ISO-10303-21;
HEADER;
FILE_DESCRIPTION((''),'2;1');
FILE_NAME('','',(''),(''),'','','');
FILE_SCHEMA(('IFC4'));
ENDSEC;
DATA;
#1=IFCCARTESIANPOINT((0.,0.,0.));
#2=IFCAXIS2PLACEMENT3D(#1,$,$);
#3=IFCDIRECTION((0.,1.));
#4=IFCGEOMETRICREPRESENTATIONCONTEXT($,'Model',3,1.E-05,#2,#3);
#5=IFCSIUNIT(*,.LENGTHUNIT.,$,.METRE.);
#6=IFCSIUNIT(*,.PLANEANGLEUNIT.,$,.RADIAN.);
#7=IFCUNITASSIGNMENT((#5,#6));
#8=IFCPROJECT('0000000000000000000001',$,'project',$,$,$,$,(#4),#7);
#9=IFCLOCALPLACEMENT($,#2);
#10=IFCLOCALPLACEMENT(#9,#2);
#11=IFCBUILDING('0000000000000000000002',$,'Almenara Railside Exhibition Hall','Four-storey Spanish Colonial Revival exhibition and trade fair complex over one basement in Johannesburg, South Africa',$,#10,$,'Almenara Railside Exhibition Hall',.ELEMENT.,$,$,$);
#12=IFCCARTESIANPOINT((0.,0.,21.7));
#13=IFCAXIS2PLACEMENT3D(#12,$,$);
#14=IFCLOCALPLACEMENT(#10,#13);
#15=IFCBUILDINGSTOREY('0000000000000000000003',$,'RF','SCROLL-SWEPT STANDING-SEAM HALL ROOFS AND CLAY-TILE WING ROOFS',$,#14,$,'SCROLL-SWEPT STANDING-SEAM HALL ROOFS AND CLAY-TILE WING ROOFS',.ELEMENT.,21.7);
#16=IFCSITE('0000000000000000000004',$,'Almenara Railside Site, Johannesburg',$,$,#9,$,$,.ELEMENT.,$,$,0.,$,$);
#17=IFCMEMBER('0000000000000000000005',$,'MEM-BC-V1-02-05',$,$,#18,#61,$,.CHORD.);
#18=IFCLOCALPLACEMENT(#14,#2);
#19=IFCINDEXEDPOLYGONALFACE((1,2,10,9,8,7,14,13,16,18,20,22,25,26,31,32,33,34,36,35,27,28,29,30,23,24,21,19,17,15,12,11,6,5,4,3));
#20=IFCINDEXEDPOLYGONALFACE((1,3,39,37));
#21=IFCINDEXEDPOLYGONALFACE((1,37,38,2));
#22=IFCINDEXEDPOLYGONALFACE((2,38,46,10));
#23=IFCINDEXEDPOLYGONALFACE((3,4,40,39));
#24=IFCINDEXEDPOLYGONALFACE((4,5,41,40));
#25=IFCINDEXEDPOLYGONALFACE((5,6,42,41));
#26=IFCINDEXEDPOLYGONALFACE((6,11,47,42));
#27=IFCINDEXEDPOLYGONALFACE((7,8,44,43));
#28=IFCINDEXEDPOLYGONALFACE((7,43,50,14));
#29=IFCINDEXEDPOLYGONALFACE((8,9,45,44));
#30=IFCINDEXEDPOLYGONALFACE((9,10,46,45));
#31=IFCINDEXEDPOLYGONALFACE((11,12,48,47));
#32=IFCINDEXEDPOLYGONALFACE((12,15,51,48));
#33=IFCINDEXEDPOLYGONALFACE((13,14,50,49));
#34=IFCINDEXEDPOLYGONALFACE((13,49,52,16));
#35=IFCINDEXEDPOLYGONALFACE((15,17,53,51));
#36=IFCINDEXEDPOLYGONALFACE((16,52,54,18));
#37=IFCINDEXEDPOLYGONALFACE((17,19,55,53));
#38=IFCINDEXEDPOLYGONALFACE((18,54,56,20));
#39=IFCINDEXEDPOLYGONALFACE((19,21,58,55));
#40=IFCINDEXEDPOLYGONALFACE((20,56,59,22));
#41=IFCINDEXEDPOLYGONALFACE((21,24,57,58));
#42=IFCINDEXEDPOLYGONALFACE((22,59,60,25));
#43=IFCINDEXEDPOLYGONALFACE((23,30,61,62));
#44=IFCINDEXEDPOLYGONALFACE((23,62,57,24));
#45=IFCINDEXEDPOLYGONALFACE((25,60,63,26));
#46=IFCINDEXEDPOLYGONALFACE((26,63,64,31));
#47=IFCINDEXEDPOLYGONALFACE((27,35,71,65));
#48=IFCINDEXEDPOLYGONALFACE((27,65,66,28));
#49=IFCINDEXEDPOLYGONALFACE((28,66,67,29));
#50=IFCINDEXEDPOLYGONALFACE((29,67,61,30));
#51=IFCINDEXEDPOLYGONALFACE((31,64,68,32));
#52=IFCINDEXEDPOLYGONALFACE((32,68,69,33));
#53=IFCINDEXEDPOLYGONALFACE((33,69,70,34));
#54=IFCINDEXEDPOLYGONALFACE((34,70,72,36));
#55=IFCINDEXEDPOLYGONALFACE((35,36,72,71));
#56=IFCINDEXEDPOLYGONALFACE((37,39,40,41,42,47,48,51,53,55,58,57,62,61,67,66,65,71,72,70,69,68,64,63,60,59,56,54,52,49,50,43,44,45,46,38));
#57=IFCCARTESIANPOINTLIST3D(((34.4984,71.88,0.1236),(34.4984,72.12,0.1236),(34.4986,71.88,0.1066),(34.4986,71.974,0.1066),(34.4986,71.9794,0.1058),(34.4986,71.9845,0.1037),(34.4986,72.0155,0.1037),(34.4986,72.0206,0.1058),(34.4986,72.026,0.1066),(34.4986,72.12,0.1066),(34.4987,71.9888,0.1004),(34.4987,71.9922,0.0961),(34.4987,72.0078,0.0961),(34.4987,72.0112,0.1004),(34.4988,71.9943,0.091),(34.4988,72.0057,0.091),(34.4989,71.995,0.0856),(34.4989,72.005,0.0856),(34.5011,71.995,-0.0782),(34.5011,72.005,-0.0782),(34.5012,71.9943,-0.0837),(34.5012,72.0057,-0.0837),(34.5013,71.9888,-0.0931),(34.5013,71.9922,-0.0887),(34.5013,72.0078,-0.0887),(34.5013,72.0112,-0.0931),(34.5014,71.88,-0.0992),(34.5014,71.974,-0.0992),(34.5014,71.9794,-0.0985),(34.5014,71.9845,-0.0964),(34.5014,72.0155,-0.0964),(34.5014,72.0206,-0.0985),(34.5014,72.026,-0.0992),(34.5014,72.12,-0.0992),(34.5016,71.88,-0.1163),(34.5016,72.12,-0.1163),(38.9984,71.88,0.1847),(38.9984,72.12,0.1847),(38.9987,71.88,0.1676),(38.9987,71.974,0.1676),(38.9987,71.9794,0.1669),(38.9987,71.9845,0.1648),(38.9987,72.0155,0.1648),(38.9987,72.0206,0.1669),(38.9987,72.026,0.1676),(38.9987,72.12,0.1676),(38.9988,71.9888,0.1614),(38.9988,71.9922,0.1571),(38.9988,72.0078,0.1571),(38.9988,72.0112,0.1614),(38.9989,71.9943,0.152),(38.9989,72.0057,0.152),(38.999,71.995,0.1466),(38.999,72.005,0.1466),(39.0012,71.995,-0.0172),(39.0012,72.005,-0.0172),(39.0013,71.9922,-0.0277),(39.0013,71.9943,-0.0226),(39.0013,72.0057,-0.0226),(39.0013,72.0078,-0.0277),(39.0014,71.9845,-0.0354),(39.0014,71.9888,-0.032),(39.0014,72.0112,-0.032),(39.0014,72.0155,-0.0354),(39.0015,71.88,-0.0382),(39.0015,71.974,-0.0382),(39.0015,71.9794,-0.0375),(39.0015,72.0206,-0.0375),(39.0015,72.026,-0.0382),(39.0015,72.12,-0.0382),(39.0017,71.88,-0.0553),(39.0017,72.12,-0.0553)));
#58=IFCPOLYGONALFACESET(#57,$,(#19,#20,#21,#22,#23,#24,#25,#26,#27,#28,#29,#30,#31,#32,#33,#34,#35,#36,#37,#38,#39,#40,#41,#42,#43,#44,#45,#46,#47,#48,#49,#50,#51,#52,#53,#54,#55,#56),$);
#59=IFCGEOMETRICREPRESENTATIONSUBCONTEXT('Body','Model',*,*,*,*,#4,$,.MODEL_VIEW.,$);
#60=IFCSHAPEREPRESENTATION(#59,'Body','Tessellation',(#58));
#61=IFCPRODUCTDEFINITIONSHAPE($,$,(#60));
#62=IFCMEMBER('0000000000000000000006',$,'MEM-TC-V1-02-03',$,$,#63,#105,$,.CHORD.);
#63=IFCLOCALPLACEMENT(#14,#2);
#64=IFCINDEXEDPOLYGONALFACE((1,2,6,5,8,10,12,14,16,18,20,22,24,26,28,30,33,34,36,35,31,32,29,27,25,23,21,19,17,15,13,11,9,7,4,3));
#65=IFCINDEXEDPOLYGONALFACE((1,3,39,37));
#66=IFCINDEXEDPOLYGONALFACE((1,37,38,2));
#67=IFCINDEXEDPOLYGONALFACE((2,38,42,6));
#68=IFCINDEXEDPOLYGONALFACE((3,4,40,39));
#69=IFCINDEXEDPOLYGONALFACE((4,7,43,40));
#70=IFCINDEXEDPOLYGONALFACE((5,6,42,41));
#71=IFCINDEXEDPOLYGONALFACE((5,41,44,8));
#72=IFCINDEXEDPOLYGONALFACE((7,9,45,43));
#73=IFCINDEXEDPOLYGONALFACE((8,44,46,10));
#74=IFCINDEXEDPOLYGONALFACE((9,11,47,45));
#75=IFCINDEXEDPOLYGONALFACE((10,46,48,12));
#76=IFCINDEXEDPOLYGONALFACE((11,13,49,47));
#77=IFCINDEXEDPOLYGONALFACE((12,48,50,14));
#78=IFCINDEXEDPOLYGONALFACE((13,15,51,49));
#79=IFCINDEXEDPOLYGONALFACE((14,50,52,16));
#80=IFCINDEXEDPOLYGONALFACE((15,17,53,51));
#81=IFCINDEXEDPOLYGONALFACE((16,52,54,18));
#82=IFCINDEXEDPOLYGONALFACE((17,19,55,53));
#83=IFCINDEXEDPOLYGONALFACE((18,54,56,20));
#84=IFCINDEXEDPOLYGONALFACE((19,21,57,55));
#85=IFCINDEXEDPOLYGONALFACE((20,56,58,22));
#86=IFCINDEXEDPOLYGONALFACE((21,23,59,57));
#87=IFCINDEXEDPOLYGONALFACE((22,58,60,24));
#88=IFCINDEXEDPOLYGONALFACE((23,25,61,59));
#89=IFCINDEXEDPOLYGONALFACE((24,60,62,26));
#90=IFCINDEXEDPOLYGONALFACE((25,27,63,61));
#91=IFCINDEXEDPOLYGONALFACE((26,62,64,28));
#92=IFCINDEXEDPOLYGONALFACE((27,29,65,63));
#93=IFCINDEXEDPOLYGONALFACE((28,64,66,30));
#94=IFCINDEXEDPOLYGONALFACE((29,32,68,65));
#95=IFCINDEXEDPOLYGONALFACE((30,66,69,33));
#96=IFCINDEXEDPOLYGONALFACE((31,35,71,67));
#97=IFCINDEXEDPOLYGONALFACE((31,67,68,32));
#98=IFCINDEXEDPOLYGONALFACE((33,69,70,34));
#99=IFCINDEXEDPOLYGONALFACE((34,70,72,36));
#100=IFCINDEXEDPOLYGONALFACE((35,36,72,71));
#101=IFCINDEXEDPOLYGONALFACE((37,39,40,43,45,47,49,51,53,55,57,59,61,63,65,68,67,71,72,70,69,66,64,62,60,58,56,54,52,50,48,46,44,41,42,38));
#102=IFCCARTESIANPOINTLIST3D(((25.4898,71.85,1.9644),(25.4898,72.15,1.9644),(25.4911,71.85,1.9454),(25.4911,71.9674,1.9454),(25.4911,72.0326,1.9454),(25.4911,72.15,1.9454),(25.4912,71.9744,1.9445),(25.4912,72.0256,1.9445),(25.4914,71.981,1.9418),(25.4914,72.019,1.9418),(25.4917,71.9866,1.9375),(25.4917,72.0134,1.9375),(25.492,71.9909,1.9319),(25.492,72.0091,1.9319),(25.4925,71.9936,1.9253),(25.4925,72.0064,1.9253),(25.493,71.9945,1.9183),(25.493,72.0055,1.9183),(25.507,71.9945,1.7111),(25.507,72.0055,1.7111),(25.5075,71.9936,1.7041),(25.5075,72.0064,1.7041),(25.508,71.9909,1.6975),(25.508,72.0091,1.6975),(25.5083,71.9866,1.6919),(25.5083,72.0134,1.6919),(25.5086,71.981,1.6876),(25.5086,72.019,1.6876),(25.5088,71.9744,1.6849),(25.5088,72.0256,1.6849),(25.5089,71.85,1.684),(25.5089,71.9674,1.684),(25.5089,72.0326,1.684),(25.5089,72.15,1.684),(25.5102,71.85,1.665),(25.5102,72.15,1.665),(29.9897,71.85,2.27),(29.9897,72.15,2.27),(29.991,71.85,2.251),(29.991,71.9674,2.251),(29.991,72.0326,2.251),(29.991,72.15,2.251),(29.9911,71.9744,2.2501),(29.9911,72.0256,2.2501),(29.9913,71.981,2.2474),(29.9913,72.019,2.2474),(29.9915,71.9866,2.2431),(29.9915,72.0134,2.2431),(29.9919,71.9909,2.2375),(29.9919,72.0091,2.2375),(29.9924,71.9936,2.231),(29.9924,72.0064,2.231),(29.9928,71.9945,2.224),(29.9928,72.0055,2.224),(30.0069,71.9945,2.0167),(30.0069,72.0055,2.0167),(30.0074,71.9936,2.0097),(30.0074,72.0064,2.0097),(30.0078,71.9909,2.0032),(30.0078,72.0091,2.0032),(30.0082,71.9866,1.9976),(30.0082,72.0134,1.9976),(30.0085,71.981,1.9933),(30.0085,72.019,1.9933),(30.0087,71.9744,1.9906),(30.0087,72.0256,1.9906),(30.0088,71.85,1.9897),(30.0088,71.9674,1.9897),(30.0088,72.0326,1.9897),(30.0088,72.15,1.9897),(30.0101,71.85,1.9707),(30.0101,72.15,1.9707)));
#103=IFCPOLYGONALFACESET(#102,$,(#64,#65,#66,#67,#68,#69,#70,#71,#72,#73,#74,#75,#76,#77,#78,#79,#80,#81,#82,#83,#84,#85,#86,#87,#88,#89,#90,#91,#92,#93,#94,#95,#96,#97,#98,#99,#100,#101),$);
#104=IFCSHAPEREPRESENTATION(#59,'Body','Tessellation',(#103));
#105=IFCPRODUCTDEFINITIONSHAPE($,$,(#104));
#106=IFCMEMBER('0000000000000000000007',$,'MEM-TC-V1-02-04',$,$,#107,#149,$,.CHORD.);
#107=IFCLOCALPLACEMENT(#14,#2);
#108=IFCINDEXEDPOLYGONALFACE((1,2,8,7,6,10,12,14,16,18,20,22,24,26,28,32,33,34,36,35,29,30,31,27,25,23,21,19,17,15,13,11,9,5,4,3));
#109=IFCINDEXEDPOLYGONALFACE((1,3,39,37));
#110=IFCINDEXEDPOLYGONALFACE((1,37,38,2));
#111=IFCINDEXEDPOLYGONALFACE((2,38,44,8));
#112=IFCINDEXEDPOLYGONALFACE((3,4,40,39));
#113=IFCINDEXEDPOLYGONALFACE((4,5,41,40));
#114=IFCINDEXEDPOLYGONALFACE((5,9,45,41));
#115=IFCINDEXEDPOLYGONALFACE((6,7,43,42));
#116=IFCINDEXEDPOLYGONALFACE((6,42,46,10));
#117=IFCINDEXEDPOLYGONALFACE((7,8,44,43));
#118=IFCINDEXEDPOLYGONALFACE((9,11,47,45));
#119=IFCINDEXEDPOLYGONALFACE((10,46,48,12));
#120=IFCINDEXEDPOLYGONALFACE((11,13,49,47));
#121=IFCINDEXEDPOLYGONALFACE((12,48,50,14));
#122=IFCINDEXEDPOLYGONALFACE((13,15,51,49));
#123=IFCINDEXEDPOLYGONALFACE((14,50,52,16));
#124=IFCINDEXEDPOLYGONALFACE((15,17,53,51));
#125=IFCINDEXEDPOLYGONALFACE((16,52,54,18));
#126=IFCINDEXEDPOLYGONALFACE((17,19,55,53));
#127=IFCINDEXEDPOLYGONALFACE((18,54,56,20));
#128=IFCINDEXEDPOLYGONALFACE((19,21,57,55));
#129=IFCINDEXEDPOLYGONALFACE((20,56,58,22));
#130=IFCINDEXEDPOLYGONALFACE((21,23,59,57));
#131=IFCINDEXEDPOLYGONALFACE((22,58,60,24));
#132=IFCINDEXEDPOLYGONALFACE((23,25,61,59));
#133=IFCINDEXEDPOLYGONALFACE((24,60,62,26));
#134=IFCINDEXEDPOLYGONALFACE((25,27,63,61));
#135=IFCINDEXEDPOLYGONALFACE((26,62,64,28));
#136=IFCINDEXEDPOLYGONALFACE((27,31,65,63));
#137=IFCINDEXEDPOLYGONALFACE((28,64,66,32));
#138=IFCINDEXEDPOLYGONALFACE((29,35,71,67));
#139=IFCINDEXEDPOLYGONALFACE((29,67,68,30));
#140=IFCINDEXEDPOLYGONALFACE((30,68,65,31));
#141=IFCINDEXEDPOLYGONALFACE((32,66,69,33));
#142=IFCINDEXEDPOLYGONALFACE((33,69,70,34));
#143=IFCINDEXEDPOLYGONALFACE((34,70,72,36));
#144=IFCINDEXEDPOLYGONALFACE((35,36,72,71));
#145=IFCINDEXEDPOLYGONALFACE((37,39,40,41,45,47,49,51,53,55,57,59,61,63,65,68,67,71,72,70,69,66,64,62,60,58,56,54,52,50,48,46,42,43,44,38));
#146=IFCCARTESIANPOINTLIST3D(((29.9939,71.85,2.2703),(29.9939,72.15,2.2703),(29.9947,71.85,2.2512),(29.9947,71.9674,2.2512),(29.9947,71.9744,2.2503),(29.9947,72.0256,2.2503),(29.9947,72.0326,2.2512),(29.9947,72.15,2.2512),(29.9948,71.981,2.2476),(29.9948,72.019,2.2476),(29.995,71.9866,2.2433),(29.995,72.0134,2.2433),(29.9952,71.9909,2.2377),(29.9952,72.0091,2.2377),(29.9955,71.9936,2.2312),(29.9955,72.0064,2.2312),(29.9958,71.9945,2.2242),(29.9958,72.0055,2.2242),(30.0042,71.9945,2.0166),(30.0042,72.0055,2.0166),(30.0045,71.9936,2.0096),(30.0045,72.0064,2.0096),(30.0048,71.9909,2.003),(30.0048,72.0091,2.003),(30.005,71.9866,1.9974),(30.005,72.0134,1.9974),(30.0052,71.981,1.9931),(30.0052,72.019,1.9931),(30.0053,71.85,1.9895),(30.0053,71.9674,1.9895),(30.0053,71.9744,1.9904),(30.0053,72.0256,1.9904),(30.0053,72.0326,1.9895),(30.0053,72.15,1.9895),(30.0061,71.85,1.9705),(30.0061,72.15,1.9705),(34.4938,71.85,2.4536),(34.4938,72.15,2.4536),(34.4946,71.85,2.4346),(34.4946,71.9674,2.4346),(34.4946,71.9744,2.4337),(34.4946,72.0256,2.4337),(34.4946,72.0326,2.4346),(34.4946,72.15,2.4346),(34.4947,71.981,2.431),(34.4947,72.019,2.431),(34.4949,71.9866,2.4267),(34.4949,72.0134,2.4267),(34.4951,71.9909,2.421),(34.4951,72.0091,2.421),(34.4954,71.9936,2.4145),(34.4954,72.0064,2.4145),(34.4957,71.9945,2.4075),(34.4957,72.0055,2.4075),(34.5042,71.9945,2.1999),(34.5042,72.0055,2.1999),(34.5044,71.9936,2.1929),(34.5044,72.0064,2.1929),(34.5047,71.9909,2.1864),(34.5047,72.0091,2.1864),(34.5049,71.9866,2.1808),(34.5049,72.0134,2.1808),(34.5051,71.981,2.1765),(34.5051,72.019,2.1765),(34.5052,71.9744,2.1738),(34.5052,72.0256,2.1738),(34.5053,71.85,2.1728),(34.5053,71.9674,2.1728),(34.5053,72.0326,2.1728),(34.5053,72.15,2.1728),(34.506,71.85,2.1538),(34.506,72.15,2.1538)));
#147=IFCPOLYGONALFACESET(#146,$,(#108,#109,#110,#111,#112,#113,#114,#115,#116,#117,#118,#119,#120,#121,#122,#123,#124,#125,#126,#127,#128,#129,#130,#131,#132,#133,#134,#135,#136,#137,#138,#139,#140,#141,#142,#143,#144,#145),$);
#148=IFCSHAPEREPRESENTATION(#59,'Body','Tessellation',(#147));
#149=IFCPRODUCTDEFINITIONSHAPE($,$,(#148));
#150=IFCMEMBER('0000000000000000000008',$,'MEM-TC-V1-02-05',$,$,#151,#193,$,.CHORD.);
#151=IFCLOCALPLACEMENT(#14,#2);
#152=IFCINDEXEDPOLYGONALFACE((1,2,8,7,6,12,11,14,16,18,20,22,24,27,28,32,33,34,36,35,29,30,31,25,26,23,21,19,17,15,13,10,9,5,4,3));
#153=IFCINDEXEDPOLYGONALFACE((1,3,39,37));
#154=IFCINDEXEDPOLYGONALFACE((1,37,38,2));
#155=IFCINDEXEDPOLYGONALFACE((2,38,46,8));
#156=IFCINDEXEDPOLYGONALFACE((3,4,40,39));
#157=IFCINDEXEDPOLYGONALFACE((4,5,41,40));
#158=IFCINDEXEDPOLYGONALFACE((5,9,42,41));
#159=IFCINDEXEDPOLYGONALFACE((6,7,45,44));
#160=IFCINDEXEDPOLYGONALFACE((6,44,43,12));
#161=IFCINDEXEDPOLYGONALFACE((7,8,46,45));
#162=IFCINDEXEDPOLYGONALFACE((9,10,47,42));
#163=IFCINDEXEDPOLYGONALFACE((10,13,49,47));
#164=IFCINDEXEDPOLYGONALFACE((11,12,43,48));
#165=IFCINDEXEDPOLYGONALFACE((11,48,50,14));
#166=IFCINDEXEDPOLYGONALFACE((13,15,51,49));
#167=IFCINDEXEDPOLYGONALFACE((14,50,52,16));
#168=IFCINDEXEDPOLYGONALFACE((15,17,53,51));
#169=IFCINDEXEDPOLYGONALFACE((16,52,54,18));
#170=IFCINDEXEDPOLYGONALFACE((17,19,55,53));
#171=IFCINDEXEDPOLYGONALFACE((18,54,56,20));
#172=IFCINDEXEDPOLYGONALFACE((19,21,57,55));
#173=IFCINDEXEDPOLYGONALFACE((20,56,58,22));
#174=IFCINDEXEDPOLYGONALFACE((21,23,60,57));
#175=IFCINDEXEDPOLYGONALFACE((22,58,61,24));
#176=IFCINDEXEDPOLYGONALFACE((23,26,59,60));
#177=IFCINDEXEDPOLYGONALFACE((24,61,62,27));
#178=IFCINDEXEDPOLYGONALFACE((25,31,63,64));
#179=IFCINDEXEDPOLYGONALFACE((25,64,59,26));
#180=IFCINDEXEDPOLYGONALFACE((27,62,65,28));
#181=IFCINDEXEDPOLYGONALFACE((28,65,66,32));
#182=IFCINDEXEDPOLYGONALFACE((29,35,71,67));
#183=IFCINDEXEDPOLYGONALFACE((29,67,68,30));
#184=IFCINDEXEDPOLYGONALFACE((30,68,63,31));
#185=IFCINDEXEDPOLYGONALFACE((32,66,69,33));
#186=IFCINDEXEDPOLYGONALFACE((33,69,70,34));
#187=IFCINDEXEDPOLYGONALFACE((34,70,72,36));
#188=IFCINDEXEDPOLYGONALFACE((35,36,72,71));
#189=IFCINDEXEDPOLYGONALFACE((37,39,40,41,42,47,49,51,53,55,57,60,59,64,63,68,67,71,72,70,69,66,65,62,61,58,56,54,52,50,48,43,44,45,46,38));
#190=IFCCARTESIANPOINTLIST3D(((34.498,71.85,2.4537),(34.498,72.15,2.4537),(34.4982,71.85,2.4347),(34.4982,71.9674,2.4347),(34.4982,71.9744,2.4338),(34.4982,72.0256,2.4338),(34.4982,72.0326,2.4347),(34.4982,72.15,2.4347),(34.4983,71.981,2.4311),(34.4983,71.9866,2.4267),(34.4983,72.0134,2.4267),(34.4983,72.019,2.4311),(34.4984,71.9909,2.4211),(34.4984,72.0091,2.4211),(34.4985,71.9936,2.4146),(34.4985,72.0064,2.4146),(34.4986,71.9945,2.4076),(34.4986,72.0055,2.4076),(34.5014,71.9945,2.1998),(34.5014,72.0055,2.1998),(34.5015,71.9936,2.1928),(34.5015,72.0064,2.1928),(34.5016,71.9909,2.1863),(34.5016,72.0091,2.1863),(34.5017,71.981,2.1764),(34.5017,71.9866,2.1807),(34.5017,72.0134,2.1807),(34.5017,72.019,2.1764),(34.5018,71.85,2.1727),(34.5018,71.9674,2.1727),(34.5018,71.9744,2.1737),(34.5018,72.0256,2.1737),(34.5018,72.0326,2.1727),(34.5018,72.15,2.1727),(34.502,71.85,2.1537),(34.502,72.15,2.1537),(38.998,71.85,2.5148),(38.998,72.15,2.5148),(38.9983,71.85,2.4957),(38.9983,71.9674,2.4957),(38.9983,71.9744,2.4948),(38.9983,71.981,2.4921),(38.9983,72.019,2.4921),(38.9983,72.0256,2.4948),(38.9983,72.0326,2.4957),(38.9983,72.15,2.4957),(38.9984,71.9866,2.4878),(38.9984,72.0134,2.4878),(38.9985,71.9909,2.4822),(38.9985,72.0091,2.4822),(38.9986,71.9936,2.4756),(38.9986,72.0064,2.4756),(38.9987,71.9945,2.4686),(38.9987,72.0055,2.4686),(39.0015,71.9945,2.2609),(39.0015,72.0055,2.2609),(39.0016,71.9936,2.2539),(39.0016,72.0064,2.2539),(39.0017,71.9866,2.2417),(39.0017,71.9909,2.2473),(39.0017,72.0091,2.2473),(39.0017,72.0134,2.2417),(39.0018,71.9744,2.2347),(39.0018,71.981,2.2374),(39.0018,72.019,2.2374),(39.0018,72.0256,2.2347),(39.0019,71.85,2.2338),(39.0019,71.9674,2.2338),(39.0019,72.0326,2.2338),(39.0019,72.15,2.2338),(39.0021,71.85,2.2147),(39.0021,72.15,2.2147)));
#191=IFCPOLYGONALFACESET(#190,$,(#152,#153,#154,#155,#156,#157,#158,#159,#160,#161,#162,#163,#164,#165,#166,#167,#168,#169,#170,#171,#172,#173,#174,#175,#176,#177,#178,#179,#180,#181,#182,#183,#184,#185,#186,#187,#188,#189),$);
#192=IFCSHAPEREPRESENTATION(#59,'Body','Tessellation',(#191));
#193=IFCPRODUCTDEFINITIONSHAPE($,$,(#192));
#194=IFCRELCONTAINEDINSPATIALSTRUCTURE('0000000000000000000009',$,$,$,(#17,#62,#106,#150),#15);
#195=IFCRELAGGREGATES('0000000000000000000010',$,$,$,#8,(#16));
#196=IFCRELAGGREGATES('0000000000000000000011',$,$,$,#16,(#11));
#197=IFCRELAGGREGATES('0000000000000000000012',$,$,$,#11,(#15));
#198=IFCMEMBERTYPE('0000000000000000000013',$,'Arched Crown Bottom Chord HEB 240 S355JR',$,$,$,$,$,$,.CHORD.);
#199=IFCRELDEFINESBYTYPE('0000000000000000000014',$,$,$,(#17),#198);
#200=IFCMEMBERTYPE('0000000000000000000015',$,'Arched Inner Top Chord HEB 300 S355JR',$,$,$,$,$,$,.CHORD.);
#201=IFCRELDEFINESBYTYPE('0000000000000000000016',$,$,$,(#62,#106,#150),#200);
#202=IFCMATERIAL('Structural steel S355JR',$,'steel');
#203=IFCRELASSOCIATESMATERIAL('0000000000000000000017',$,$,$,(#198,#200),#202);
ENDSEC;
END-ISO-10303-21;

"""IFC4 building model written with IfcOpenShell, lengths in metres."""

from ifc_helpers import new_model, si_unit, direction, frame, origin, origin_2d, place, context, subcontext, project, spatial, i_section, extrude, material, material_profile, profile_set, type_object, element, save


model = new_model("IFC4")

# Units and contexts
model_context = context("Model", 3, precision=1e-05, world=origin(), true_north=direction((0.0, 1.0)))
body_context = subcontext(model_context, "Body", "Model", "MODEL_VIEW")
ifc_project = project(units=[si_unit("LENGTHUNIT", "METRE"), si_unit("PLANEANGLEUNIT", "RADIAN")], contexts=[model_context])

# Site, building, storey
site_placement = place(None, origin())
site = spatial("IfcSite", under=ifc_project, at=site_placement, Name="Almenara Railside Site, Johannesburg", CompositionType="ELEMENT", RefElevation=0.0)
building_placement = place(site_placement, origin())
building = spatial("IfcBuilding", under=site, at=building_placement, Name="Almenara Railside Exhibition Hall", Description="Four-storey Spanish Colonial Revival exhibition and trade fair complex over one basement in Johannesburg, South Africa", LongName="Almenara Railside Exhibition Hall", CompositionType="ELEMENT")
storey_placement = place(building_placement, frame((0.0, 0.0, 21.7)))
storey = spatial("IfcBuildingStorey", under=building, at=storey_placement, Name="RF", Description="SCROLL-SWEPT STANDING-SEAM HALL ROOFS AND CLAY-TILE WING ROOFS", LongName="SCROLL-SWEPT STANDING-SEAM HALL ROOFS AND CLAY-TILE WING ROOFS", CompositionType="ELEMENT", Elevation=21.7)

# Members
ifc_material_1 = material(Name="Structural steel S355JR", Category="steel")
ifc_material_profile_1 = material_profile(ifc_material_1, i_section(OverallWidth=0.24, OverallDepth=0.24, WebThickness=0.01, FlangeThickness=0.0171, FilletRadius=0.021, at=origin_2d()), Name="HEB 240")
ifc_profile_set_1 = profile_set([ifc_material_profile_1], Name="Structural steel S355JR")
member_type_1 = type_object("IfcMemberType", Name="Arched Crown Bottom Chord HEB 240 S355JR", PredefinedType="CHORD", material=ifc_profile_set_1)
member_1_placement = place(storey_placement, frame((34.5, 72.0, 0.0037), z_axis=(0.999908, 0.0, 0.013562), x_axis=(0.0, 1.0, 0.0)))
element("IfcMember", 1, at=member_1_placement, inside=storey, type_object=member_type_1, Name="MEM-BC-V1-02-05", PredefinedType="CHORD", context=body_context, shape_type="SweptSolid", body=[
    extrude(i_section(OverallWidth=0.24, OverallDepth=0.24, WebThickness=0.01, FlangeThickness=0.0171, FilletRadius=0.021, at=origin_2d()), origin(), (0.0, 0.0, 1.0), 4.5005),
])
ifc_material_profile_2 = material_profile(ifc_material_1, i_section(OverallWidth=0.3, OverallDepth=0.3, WebThickness=0.011, FlangeThickness=0.019, FilletRadius=0.0271, at=origin_2d()), Name="HEB 300")
ifc_profile_set_2 = profile_set([ifc_material_profile_2], Name="Structural steel S355JR")
member_type_2 = type_object("IfcMemberType", Name="Arched Inner Top Chord HEB 300 S355JR", PredefinedType="CHORD", material=ifc_profile_set_2)
member_2_placement = place(storey_placement, frame((25.5, 72.0, 1.8147), z_axis=(0.997701, 0.0, 0.067769), x_axis=(0.0, 1.0, 0.0)))
element("IfcMember", 2, at=member_2_placement, inside=storey, type_object=member_type_2, Name="MEM-TC-V1-02-03", PredefinedType="CHORD", context=body_context, shape_type="SweptSolid", body=[
    extrude(i_section(OverallWidth=0.3, OverallDepth=0.3, WebThickness=0.011, FlangeThickness=0.019, FilletRadius=0.0271, at=origin_2d()), origin(), (0.0, 0.0, 1.0), 4.5103),
])
member_3_placement = place(storey_placement, frame((30.0, 72.0, 2.1204), z_axis=(0.999171, 0.0, 0.040711), x_axis=(0.0, 1.0, 0.0)))
element("IfcMember", 3, at=member_3_placement, inside=storey, type_object=member_type_2, Name="MEM-TC-V1-02-04", PredefinedType="CHORD", context=body_context, shape_type="SweptSolid", body=[
    extrude(i_section(OverallWidth=0.3, OverallDepth=0.3, WebThickness=0.011, FlangeThickness=0.019, FilletRadius=0.0271, at=origin_2d()), origin(), (0.0, 0.0, 1.0), 4.5037),
])
member_4_placement = place(storey_placement, frame((34.5, 72.0, 2.3037), z_axis=(0.999908, 0.0, 0.013562), x_axis=(0.0, 1.0, 0.0)))
element("IfcMember", 4, at=member_4_placement, inside=storey, type_object=member_type_2, Name="MEM-TC-V1-02-05", PredefinedType="CHORD", context=body_context, shape_type="SweptSolid", body=[
    extrude(i_section(OverallWidth=0.3, OverallDepth=0.3, WebThickness=0.011, FlangeThickness=0.019, FilletRadius=0.0271, at=origin_2d()), origin(), (0.0, 0.0, 1.0), 4.5005),
])

save(model, "model.ifc")
